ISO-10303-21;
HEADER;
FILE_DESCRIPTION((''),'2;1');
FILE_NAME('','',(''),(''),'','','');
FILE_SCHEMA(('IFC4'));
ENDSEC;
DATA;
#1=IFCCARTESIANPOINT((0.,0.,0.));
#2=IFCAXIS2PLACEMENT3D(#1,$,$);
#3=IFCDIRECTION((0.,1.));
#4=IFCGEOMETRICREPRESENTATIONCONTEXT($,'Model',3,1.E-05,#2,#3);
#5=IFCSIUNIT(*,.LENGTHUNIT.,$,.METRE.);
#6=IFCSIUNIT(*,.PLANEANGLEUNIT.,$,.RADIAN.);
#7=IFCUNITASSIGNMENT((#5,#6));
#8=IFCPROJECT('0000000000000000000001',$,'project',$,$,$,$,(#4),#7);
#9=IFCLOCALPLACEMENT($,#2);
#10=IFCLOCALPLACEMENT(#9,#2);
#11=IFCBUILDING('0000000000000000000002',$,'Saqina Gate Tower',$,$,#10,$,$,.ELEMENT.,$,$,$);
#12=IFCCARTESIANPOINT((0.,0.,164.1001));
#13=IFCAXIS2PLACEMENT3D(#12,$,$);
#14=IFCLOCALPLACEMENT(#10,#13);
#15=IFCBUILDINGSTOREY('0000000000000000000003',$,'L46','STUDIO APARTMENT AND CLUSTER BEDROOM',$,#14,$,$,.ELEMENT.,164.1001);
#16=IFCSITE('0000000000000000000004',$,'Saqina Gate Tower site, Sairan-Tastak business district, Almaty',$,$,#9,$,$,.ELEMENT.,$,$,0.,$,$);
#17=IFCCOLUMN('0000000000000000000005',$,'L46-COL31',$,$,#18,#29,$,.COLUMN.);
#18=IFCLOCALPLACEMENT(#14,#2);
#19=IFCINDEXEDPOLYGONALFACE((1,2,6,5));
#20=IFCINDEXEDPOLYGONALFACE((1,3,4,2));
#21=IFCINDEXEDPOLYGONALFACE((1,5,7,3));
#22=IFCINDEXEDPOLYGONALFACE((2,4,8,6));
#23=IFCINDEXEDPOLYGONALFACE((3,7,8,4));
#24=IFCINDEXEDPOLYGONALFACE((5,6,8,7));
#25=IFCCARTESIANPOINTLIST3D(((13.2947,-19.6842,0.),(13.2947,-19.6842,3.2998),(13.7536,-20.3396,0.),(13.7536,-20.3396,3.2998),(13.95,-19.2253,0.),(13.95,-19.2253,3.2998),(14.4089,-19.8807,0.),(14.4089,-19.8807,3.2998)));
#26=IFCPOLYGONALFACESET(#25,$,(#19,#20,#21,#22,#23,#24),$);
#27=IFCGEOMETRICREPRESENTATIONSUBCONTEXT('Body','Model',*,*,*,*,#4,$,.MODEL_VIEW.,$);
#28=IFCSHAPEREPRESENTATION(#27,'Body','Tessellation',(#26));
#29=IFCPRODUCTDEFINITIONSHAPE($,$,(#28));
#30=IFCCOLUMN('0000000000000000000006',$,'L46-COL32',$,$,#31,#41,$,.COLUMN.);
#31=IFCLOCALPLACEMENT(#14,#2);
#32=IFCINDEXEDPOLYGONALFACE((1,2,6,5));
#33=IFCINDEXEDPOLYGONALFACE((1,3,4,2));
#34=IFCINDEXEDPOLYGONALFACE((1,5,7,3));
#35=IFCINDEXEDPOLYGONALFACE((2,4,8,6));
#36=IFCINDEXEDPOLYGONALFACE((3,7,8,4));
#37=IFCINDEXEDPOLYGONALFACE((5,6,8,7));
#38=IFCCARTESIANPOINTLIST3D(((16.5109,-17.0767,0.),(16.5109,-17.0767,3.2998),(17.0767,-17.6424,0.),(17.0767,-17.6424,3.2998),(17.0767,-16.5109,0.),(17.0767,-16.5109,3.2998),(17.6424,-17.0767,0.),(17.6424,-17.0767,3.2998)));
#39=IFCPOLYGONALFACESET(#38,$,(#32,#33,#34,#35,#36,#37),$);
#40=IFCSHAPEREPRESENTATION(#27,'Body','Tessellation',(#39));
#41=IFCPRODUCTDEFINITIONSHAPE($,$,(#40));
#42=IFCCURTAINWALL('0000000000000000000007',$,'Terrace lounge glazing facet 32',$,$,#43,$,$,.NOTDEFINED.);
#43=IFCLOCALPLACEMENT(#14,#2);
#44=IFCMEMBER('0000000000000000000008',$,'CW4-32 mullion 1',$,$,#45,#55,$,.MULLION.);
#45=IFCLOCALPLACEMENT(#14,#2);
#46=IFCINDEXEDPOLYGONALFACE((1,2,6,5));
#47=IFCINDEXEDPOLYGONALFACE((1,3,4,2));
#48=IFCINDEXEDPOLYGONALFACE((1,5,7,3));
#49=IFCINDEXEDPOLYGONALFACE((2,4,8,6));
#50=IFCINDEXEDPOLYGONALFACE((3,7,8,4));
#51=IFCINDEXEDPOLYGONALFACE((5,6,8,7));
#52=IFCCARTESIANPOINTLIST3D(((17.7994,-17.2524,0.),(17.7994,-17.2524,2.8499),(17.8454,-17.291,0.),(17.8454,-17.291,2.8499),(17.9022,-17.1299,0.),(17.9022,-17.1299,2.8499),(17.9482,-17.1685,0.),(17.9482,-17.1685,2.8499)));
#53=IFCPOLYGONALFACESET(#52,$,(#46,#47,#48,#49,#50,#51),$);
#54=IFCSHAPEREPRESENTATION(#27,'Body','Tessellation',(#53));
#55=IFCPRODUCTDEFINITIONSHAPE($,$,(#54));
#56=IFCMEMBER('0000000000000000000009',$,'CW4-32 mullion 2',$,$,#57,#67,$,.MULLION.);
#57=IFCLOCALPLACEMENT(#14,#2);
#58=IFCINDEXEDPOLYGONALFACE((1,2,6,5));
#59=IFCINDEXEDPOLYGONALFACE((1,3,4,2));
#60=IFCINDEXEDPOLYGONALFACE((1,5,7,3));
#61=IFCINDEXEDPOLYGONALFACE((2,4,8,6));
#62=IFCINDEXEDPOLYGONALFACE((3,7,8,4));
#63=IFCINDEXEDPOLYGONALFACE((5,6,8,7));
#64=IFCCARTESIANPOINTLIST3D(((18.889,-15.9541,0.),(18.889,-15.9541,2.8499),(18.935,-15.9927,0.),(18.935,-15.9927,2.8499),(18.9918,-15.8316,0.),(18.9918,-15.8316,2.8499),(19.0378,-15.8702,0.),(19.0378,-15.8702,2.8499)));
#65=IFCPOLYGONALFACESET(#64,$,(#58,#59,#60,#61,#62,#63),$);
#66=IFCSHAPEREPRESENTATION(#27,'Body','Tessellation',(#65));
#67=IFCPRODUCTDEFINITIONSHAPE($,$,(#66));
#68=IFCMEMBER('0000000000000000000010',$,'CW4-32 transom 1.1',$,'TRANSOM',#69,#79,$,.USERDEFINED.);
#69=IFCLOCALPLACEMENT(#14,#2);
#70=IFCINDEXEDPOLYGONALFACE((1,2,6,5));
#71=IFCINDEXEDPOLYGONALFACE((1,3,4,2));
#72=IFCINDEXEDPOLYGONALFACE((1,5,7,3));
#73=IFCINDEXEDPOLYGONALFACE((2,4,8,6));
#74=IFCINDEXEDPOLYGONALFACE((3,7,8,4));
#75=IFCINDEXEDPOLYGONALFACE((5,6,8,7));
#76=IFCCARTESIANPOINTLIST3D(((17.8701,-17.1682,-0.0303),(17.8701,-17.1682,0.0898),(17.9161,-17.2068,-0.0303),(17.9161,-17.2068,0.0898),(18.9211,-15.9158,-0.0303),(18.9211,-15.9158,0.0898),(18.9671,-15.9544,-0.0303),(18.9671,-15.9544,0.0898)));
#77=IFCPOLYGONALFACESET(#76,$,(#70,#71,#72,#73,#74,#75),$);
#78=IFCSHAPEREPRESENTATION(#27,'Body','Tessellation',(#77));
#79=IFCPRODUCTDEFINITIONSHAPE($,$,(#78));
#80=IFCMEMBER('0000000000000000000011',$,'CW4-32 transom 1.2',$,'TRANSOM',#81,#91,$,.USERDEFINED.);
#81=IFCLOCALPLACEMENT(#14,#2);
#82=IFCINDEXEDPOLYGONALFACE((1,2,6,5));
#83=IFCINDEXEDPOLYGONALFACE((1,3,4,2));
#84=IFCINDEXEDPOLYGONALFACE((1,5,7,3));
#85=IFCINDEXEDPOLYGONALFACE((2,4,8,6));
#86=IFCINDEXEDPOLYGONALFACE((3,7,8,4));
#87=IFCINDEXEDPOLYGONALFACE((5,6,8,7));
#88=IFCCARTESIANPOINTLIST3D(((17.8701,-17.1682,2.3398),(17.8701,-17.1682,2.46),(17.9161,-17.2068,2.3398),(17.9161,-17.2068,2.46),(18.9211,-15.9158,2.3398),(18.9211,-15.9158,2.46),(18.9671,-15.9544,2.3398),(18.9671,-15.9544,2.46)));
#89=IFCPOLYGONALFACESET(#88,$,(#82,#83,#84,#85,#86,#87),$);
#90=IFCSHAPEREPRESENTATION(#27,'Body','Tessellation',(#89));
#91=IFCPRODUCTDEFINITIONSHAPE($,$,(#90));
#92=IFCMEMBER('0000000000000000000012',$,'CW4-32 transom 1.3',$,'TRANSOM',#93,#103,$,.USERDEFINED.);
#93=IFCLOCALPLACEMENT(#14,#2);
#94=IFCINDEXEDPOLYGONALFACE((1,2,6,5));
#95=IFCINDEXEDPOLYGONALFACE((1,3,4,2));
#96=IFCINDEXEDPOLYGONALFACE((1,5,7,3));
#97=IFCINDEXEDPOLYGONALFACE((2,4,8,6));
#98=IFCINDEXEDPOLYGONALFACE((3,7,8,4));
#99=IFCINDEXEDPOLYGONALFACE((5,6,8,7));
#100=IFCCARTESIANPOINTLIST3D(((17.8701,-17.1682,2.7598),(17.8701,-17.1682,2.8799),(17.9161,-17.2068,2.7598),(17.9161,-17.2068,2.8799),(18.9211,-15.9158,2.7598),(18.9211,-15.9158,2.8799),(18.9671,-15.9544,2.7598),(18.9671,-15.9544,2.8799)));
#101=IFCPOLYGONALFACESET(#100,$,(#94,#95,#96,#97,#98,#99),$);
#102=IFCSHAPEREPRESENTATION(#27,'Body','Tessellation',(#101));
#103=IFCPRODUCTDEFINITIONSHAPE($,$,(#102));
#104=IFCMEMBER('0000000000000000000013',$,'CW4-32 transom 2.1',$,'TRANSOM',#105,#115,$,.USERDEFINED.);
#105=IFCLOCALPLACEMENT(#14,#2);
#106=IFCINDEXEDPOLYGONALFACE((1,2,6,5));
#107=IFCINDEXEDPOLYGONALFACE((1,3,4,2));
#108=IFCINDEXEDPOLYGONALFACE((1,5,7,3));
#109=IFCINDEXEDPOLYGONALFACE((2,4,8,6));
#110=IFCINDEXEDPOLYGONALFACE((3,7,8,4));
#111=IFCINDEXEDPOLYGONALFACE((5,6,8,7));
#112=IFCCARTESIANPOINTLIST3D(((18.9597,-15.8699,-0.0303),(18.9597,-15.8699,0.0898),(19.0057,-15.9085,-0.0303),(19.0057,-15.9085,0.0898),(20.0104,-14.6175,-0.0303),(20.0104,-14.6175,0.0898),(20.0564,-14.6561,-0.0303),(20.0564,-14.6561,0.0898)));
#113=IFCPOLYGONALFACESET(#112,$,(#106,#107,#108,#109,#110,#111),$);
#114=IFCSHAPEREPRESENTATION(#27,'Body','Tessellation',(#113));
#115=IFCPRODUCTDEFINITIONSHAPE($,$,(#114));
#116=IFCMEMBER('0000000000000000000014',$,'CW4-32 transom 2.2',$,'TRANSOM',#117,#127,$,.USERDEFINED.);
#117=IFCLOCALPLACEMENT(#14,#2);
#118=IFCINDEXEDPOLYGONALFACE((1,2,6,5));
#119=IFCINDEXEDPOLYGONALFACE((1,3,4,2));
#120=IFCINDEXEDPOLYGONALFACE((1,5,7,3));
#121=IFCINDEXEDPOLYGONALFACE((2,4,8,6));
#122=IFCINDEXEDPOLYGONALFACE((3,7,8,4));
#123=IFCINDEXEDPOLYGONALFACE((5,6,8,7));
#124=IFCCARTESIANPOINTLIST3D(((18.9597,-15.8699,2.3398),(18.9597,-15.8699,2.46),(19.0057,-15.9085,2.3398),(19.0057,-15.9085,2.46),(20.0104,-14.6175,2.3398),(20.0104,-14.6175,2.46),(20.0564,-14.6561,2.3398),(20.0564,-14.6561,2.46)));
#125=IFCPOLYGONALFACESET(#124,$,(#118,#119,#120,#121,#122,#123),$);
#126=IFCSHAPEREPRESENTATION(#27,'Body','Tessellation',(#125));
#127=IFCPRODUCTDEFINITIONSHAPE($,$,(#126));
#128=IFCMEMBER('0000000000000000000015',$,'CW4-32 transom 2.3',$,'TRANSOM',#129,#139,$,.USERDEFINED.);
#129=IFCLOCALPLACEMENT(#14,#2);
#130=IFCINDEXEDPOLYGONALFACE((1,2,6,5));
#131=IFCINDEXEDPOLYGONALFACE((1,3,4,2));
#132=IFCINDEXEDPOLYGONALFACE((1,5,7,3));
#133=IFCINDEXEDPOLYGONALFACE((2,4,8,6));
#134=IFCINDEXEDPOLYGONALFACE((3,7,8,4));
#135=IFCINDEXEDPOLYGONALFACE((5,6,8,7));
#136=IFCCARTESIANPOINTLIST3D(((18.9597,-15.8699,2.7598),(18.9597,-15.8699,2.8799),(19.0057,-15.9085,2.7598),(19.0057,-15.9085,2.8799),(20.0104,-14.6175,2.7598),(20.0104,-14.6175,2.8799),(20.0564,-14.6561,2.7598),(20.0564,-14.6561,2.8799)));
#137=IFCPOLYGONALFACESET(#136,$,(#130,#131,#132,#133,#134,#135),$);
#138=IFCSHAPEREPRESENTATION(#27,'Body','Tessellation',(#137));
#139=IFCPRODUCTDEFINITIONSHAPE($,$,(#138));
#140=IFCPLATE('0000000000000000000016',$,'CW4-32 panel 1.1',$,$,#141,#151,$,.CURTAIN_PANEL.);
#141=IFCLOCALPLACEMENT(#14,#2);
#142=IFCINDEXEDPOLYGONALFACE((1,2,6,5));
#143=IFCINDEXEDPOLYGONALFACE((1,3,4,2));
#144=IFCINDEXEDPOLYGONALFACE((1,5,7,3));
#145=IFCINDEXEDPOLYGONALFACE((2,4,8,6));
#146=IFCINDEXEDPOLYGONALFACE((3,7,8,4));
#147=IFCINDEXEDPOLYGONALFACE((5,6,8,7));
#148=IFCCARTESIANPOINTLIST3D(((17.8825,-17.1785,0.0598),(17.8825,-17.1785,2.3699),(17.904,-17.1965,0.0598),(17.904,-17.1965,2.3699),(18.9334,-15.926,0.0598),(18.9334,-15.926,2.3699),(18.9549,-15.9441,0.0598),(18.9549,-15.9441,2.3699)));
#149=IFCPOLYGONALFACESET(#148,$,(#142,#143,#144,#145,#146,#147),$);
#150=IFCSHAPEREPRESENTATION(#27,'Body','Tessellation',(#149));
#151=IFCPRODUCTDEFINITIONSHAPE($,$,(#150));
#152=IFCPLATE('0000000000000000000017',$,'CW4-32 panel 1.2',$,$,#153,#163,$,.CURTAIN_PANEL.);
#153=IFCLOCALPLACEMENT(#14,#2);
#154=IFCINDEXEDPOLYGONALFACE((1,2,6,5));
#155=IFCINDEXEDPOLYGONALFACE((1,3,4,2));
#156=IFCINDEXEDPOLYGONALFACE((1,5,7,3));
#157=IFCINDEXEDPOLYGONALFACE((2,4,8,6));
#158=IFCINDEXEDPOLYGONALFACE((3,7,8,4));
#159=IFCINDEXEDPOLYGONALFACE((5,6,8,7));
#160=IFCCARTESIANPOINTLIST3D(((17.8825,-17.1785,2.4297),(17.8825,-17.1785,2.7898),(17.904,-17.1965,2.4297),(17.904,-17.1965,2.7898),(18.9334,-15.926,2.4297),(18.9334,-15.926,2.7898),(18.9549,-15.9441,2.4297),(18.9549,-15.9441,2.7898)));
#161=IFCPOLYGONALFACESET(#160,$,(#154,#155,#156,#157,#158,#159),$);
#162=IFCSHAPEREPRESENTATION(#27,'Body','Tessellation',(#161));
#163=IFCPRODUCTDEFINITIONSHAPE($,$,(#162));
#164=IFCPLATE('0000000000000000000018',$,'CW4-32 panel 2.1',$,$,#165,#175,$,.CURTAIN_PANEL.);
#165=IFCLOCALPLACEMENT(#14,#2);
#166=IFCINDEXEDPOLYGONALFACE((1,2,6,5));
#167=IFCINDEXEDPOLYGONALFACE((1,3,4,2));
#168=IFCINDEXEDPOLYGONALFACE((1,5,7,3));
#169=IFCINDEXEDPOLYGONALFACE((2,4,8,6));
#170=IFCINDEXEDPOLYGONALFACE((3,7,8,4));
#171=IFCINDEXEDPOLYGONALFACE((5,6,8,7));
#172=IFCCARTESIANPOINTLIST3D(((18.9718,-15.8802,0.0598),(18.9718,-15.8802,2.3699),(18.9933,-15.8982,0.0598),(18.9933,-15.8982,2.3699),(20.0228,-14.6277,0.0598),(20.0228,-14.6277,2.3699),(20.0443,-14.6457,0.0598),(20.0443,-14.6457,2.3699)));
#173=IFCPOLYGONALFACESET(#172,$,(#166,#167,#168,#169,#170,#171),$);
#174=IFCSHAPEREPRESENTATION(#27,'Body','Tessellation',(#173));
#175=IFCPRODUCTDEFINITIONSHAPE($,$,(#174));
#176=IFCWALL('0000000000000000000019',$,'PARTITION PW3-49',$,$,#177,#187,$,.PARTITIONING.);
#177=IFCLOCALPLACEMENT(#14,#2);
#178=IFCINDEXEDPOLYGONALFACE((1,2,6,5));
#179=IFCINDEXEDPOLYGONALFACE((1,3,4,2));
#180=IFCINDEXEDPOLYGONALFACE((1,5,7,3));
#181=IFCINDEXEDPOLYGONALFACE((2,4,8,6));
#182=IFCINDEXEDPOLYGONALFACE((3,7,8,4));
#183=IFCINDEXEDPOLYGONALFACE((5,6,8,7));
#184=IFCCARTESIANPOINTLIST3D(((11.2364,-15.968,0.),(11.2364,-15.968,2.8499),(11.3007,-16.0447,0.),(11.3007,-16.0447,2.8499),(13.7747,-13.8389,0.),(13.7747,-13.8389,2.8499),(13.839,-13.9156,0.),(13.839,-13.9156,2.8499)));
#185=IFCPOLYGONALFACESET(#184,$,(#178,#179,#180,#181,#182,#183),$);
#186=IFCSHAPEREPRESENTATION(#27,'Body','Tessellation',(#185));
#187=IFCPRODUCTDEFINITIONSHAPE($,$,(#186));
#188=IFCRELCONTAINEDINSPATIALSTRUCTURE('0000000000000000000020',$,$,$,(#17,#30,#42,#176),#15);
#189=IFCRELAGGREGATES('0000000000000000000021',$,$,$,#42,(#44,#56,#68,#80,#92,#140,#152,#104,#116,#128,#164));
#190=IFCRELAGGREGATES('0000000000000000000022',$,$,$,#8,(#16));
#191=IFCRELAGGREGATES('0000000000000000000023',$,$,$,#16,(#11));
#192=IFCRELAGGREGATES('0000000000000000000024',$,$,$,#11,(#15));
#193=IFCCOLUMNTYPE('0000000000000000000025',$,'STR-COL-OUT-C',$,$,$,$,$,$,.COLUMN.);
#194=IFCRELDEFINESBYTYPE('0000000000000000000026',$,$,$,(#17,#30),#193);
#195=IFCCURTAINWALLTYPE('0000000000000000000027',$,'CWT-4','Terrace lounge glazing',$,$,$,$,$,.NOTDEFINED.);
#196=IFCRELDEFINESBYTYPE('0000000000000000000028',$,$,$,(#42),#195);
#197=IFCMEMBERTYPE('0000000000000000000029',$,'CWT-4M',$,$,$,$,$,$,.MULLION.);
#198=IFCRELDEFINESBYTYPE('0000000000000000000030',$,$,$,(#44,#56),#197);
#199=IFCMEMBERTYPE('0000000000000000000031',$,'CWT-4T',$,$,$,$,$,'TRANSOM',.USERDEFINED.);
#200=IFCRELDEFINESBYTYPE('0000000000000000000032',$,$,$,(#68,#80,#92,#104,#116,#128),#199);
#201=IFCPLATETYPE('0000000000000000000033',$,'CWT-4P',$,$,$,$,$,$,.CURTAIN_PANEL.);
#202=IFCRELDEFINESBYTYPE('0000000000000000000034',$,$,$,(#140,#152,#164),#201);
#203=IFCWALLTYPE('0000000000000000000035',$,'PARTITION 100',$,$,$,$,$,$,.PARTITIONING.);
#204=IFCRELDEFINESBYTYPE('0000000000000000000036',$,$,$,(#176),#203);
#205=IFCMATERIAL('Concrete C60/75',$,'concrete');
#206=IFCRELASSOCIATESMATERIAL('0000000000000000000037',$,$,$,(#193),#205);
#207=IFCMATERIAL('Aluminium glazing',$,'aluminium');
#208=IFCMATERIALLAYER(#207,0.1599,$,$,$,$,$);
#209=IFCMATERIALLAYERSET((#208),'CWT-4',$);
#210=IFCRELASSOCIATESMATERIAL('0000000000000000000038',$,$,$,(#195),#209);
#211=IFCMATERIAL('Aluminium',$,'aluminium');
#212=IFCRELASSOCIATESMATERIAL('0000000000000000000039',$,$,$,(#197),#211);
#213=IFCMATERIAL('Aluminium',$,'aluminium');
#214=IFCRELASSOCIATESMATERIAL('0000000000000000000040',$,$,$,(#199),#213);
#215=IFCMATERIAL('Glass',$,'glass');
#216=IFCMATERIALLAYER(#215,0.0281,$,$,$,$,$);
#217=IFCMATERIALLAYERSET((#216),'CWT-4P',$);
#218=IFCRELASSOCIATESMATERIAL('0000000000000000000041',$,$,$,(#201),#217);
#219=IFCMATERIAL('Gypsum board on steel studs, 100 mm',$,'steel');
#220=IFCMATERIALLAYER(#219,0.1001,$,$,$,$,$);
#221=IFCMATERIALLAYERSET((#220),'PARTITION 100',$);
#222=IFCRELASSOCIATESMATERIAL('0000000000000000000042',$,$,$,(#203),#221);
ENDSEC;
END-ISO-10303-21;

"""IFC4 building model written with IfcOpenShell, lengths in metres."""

from ifc_helpers import new_model, si_unit, direction, frame, frame_2d, origin, origin_2d, place, context, subcontext, project, spatial, rectangle, extrude, material, layer, layer_set, material_profile, profile_set, type_object, element, aggregate, save


model = new_model("IFC4")

# Units and contexts
model_context = context("Model", 3, precision=1e-05, world=origin(), true_north=direction((0.0, 1.0)))
body_context = subcontext(model_context, "Body", "Model", "MODEL_VIEW")
ifc_project = project(units=[si_unit("LENGTHUNIT", "METRE"), si_unit("PLANEANGLEUNIT", "RADIAN")], contexts=[model_context])

# Site, building, storey
site_placement = place(None, origin())
site = spatial("IfcSite", under=ifc_project, at=site_placement, Name="Saqina Gate Tower site, Sairan-Tastak business district, Almaty", CompositionType="ELEMENT", RefElevation=0.0)
building_placement = place(site_placement, origin())
building = spatial("IfcBuilding", under=site, at=building_placement, Name="Saqina Gate Tower", CompositionType="ELEMENT")
storey_placement = place(building_placement, frame((0.0, 0.0, 164.1001)))
storey = spatial("IfcBuildingStorey", under=building, at=storey_placement, Name="L46", Description="STUDIO APARTMENT AND CLUSTER BEDROOM", CompositionType="ELEMENT", Elevation=164.1001)

# Columns
ifc_material_1 = material(Name="Concrete C60/75", Category="concrete")
ifc_material_profile_1 = material_profile(ifc_material_1, rectangle(XDim=0.8, YDim=0.8, at=origin_2d()), Name="RC 800x800")
ifc_profile_set_1 = profile_set([ifc_material_profile_1], Name="Concrete C60/75")
column_type = type_object("IfcColumnType", Name="STR-COL-OUT-C", PredefinedType="COLUMN", material=ifc_profile_set_1)
for number, where, z_axis, x_axis, name in (
    (1, (13.8518, -19.7825, 0.0), (0.0, 0.0, 1.0), (0.573576, -0.819152, 0.0), "L46-COL31"),
    (2, (17.0767, -17.0767, 0.0), (0.0, 0.0, 1.0), (0.707107, -0.707107, 0.0), "L46-COL32"),
):
    element("IfcColumn", number, at=place(storey_placement, frame(where, z_axis=z_axis, x_axis=x_axis)), inside=storey, type_object=column_type, Name=name, PredefinedType="COLUMN", context=body_context, shape_type="SweptSolid", body=[
        extrude(rectangle(XDim=0.8, YDim=0.8, at=origin_2d()), origin(), (0.0, 0.0, 1.0), 3.2998),
    ])

# Curtain wall, members, plates
ifc_material_2 = material(Name="Aluminium glazing", Category="aluminium")
ifc_layer_1 = layer(ifc_material_2, 0.1599)
ifc_layer_set_1 = layer_set([ifc_layer_1], Name="CWT-4")
curtain_wall_type = type_object("IfcCurtainWallType", Name="CWT-4", Description="Terrace lounge glazing", PredefinedType="NOTDEFINED", material=ifc_layer_set_1)
curtain_wall_placement = place(storey_placement, origin())
curtain_wall = element("IfcCurtainWall", 3, at=curtain_wall_placement, inside=storey, type_object=curtain_wall_type, Name="Terrace lounge glazing facet 32", PredefinedType="NOTDEFINED")
ifc_material_3 = material(Name="Aluminium", Category="aluminium")
ifc_material_profile_2 = material_profile(ifc_material_3, rectangle(XDim=0.0601, YDim=0.1599, at=origin_2d()), Name="Aluminium 60x160")
ifc_profile_set_2 = profile_set([ifc_material_profile_2], Name="Aluminium")
member_type_1 = type_object("IfcMemberType", Name="CWT-4M", PredefinedType="MULLION", material=ifc_profile_set_2)
member_1_placement = place(storey_placement, frame((17.8738, -17.2104, 0.0), z_axis=(0.0, 0.0, 1.0), x_axis=(-0.766043, 0.64279, 0.0)))
member_1 = element("IfcMember", 4, at=member_1_placement, type_object=member_type_1, Name="CW4-32 mullion 1", PredefinedType="MULLION", context=body_context, shape_type="SweptSolid", body=[
    extrude(rectangle(XDim=0.0601, YDim=0.1599, at=origin_2d()), origin(), (0.0, 0.0, 1.0), 2.8499),
])
member_2_placement = place(storey_placement, frame((18.9634, -15.9121, 0.0), z_axis=(0.0, 0.0, 1.0), x_axis=(-0.766043, 0.64279, 0.0)))
member_2 = element("IfcMember", 5, at=member_2_placement, type_object=member_type_1, Name="CW4-32 mullion 2", PredefinedType="MULLION", context=body_context, shape_type="SweptSolid", body=[
    extrude(rectangle(XDim=0.0601, YDim=0.1599, at=origin_2d()), origin(), (0.0, 0.0, 1.0), 2.8499),
])
ifc_material_4 = material(Name="Aluminium", Category="aluminium")
ifc_material_profile_3 = material_profile(ifc_material_4, rectangle(XDim=0.0601, YDim=0.1201, at=origin_2d()), Name="Aluminium 60x120")
ifc_profile_set_3 = profile_set([ifc_material_profile_3], Name="Aluminium")
member_type_2 = type_object("IfcMemberType", Name="CWT-4T", ElementType="TRANSOM", PredefinedType="USERDEFINED", material=ifc_profile_set_3)
member_3_placement = place(storey_placement, frame((17.8931, -17.1875, 0.0298), z_axis=(0.642824, 0.766014, 0.0), x_axis=(-0.766014, 0.642824, 0.0)))
member_3 = element("IfcMember", 6, at=member_3_placement, type_object=member_type_2, Name="CW4-32 transom 1.1", ObjectType="TRANSOM", PredefinedType="USERDEFINED", context=body_context, shape_type="SweptSolid", body=[
    extrude(rectangle(XDim=0.0601, YDim=0.1201, at=origin_2d()), origin(), (0.0, 0.0, 1.0), 1.635),
])
member_4_placement = place(storey_placement, frame((17.8931, -17.1875, 2.3999), z_axis=(0.642824, 0.766014, 0.0), x_axis=(-0.766014, 0.642824, 0.0)))
member_4 = element("IfcMember", 7, at=member_4_placement, type_object=member_type_2, Name="CW4-32 transom 1.2", ObjectType="TRANSOM", PredefinedType="USERDEFINED", context=body_context, shape_type="SweptSolid", body=[
    extrude(rectangle(XDim=0.0601, YDim=0.1201, at=origin_2d()), origin(), (0.0, 0.0, 1.0), 1.635),
])
member_5_placement = place(storey_placement, frame((17.8931, -17.1875, 2.8198), z_axis=(0.642824, 0.766014, 0.0), x_axis=(-0.766014, 0.642824, 0.0)))
member_5 = element("IfcMember", 8, at=member_5_placement, type_object=member_type_2, Name="CW4-32 transom 1.3", ObjectType="TRANSOM", PredefinedType="USERDEFINED", context=body_context, shape_type="SweptSolid", body=[
    extrude(rectangle(XDim=0.0601, YDim=0.1201, at=origin_2d()), origin(), (0.0, 0.0, 1.0), 1.635),
])
member_6_placement = place(storey_placement, frame((18.9827, -15.8892, 0.0298), z_axis=(0.642737, 0.766087, 0.0), x_axis=(-0.766087, 0.642737, 0.0)))
member_6 = element("IfcMember", 9, at=member_6_placement, type_object=member_type_2, Name="CW4-32 transom 2.1", ObjectType="TRANSOM", PredefinedType="USERDEFINED", context=body_context, shape_type="SweptSolid", body=[
    extrude(rectangle(XDim=0.0601, YDim=0.1201, at=origin_2d()), origin(), (0.0, 0.0, 1.0), 1.6348),
])
member_7_placement = place(storey_placement, frame((18.9827, -15.8892, 2.3999), z_axis=(0.642737, 0.766087, 0.0), x_axis=(-0.766087, 0.642737, 0.0)))
member_7 = element("IfcMember", 10, at=member_7_placement, type_object=member_type_2, Name="CW4-32 transom 2.2", ObjectType="TRANSOM", PredefinedType="USERDEFINED", context=body_context, shape_type="SweptSolid", body=[
    extrude(rectangle(XDim=0.0601, YDim=0.1201, at=origin_2d()), origin(), (0.0, 0.0, 1.0), 1.6348),
])
member_8_placement = place(storey_placement, frame((18.9827, -15.8892, 2.8198), z_axis=(0.642737, 0.766087, 0.0), x_axis=(-0.766087, 0.642737, 0.0)))
member_8 = element("IfcMember", 11, at=member_8_placement, type_object=member_type_2, Name="CW4-32 transom 2.3", ObjectType="TRANSOM", PredefinedType="USERDEFINED", context=body_context, shape_type="SweptSolid", body=[
    extrude(rectangle(XDim=0.0601, YDim=0.1201, at=origin_2d()), origin(), (0.0, 0.0, 1.0), 1.6348),
])
ifc_material_5 = material(Name="Glass", Category="glass")
ifc_layer_2 = layer(ifc_material_5, 0.0281)
ifc_layer_set_2 = layer_set([ifc_layer_2], Name="CWT-4P")
plate_type = type_object("IfcPlateType", Name="CWT-4P", PredefinedType="CURTAIN_PANEL", material=ifc_layer_set_2)
plate_1_placement = place(storey_placement, frame((18.4187, -16.5613, 0.0598), z_axis=(0.0, 0.0, 1.0), x_axis=(0.64279, 0.766043, 0.0)))
plate_1 = element("IfcPlate", 12, at=plate_1_placement, type_object=plate_type, Name="CW4-32 panel 1.1", PredefinedType="CURTAIN_PANEL", context=body_context, shape_type="SweptSolid", body=[
    extrude(rectangle(XDim=1.635, YDim=0.0281, at=origin_2d()), origin(), (0.0, 0.0, 1.0), 2.3101),
])
plate_2_placement = place(storey_placement, frame((18.4187, -16.5613, 2.4297), z_axis=(0.0, 0.0, 1.0), x_axis=(0.64279, 0.766043, 0.0)))
plate_2 = element("IfcPlate", 13, at=plate_2_placement, type_object=plate_type, Name="CW4-32 panel 1.2", PredefinedType="CURTAIN_PANEL", context=body_context, shape_type="SweptSolid", body=[
    extrude(rectangle(XDim=1.635, YDim=0.0281, at=origin_2d()), origin(), (0.0, 0.0, 1.0), 0.3601),
])
plate_3_placement = place(storey_placement, frame((19.5081, -15.2629, 0.0598), z_axis=(0.0, 0.0, 1.0), x_axis=(0.64279, 0.766043, 0.0)))
plate_3 = element("IfcPlate", 14, at=plate_3_placement, type_object=plate_type, Name="CW4-32 panel 2.1", PredefinedType="CURTAIN_PANEL", context=body_context, shape_type="SweptSolid", body=[
    extrude(rectangle(XDim=1.635, YDim=0.0281, at=origin_2d()), origin(), (0.0, 0.0, 1.0), 2.3101),
])
aggregate(curtain_wall, [member_1, member_2, member_3, member_4, member_5, plate_1, plate_2, member_6, member_7, member_8, plate_3])

# Wall
ifc_material_6 = material(Name="Gypsum board on steel studs, 100 mm", Category="steel")
ifc_layer_3 = layer(ifc_material_6, 0.1001)
ifc_layer_set_3 = layer_set([ifc_layer_3], Name="PARTITION 100")
wall_type_1 = type_object("IfcWallType", Name="PARTITION 100", PredefinedType="PARTITIONING", material=ifc_layer_set_3)
wall_1_placement = place(storey_placement, frame((11.2686, -16.0063, 0.0), z_axis=(0.0, 0.0, 1.0), x_axis=(0.766158, 0.642653, 0.0)))
element("IfcWall", 15, at=wall_1_placement, inside=storey, type_object=wall_type_1, Name="PARTITION PW3-49", PredefinedType="PARTITIONING", context=body_context, shape_type="SweptSolid", body=[
    extrude(rectangle(XDim=3.313, YDim=0.1001, at=frame_2d((1.6565, 0.0))), origin(), (0.0, 0.0, 1.0), 2.8499),
])

save(model, "model.ifc")
